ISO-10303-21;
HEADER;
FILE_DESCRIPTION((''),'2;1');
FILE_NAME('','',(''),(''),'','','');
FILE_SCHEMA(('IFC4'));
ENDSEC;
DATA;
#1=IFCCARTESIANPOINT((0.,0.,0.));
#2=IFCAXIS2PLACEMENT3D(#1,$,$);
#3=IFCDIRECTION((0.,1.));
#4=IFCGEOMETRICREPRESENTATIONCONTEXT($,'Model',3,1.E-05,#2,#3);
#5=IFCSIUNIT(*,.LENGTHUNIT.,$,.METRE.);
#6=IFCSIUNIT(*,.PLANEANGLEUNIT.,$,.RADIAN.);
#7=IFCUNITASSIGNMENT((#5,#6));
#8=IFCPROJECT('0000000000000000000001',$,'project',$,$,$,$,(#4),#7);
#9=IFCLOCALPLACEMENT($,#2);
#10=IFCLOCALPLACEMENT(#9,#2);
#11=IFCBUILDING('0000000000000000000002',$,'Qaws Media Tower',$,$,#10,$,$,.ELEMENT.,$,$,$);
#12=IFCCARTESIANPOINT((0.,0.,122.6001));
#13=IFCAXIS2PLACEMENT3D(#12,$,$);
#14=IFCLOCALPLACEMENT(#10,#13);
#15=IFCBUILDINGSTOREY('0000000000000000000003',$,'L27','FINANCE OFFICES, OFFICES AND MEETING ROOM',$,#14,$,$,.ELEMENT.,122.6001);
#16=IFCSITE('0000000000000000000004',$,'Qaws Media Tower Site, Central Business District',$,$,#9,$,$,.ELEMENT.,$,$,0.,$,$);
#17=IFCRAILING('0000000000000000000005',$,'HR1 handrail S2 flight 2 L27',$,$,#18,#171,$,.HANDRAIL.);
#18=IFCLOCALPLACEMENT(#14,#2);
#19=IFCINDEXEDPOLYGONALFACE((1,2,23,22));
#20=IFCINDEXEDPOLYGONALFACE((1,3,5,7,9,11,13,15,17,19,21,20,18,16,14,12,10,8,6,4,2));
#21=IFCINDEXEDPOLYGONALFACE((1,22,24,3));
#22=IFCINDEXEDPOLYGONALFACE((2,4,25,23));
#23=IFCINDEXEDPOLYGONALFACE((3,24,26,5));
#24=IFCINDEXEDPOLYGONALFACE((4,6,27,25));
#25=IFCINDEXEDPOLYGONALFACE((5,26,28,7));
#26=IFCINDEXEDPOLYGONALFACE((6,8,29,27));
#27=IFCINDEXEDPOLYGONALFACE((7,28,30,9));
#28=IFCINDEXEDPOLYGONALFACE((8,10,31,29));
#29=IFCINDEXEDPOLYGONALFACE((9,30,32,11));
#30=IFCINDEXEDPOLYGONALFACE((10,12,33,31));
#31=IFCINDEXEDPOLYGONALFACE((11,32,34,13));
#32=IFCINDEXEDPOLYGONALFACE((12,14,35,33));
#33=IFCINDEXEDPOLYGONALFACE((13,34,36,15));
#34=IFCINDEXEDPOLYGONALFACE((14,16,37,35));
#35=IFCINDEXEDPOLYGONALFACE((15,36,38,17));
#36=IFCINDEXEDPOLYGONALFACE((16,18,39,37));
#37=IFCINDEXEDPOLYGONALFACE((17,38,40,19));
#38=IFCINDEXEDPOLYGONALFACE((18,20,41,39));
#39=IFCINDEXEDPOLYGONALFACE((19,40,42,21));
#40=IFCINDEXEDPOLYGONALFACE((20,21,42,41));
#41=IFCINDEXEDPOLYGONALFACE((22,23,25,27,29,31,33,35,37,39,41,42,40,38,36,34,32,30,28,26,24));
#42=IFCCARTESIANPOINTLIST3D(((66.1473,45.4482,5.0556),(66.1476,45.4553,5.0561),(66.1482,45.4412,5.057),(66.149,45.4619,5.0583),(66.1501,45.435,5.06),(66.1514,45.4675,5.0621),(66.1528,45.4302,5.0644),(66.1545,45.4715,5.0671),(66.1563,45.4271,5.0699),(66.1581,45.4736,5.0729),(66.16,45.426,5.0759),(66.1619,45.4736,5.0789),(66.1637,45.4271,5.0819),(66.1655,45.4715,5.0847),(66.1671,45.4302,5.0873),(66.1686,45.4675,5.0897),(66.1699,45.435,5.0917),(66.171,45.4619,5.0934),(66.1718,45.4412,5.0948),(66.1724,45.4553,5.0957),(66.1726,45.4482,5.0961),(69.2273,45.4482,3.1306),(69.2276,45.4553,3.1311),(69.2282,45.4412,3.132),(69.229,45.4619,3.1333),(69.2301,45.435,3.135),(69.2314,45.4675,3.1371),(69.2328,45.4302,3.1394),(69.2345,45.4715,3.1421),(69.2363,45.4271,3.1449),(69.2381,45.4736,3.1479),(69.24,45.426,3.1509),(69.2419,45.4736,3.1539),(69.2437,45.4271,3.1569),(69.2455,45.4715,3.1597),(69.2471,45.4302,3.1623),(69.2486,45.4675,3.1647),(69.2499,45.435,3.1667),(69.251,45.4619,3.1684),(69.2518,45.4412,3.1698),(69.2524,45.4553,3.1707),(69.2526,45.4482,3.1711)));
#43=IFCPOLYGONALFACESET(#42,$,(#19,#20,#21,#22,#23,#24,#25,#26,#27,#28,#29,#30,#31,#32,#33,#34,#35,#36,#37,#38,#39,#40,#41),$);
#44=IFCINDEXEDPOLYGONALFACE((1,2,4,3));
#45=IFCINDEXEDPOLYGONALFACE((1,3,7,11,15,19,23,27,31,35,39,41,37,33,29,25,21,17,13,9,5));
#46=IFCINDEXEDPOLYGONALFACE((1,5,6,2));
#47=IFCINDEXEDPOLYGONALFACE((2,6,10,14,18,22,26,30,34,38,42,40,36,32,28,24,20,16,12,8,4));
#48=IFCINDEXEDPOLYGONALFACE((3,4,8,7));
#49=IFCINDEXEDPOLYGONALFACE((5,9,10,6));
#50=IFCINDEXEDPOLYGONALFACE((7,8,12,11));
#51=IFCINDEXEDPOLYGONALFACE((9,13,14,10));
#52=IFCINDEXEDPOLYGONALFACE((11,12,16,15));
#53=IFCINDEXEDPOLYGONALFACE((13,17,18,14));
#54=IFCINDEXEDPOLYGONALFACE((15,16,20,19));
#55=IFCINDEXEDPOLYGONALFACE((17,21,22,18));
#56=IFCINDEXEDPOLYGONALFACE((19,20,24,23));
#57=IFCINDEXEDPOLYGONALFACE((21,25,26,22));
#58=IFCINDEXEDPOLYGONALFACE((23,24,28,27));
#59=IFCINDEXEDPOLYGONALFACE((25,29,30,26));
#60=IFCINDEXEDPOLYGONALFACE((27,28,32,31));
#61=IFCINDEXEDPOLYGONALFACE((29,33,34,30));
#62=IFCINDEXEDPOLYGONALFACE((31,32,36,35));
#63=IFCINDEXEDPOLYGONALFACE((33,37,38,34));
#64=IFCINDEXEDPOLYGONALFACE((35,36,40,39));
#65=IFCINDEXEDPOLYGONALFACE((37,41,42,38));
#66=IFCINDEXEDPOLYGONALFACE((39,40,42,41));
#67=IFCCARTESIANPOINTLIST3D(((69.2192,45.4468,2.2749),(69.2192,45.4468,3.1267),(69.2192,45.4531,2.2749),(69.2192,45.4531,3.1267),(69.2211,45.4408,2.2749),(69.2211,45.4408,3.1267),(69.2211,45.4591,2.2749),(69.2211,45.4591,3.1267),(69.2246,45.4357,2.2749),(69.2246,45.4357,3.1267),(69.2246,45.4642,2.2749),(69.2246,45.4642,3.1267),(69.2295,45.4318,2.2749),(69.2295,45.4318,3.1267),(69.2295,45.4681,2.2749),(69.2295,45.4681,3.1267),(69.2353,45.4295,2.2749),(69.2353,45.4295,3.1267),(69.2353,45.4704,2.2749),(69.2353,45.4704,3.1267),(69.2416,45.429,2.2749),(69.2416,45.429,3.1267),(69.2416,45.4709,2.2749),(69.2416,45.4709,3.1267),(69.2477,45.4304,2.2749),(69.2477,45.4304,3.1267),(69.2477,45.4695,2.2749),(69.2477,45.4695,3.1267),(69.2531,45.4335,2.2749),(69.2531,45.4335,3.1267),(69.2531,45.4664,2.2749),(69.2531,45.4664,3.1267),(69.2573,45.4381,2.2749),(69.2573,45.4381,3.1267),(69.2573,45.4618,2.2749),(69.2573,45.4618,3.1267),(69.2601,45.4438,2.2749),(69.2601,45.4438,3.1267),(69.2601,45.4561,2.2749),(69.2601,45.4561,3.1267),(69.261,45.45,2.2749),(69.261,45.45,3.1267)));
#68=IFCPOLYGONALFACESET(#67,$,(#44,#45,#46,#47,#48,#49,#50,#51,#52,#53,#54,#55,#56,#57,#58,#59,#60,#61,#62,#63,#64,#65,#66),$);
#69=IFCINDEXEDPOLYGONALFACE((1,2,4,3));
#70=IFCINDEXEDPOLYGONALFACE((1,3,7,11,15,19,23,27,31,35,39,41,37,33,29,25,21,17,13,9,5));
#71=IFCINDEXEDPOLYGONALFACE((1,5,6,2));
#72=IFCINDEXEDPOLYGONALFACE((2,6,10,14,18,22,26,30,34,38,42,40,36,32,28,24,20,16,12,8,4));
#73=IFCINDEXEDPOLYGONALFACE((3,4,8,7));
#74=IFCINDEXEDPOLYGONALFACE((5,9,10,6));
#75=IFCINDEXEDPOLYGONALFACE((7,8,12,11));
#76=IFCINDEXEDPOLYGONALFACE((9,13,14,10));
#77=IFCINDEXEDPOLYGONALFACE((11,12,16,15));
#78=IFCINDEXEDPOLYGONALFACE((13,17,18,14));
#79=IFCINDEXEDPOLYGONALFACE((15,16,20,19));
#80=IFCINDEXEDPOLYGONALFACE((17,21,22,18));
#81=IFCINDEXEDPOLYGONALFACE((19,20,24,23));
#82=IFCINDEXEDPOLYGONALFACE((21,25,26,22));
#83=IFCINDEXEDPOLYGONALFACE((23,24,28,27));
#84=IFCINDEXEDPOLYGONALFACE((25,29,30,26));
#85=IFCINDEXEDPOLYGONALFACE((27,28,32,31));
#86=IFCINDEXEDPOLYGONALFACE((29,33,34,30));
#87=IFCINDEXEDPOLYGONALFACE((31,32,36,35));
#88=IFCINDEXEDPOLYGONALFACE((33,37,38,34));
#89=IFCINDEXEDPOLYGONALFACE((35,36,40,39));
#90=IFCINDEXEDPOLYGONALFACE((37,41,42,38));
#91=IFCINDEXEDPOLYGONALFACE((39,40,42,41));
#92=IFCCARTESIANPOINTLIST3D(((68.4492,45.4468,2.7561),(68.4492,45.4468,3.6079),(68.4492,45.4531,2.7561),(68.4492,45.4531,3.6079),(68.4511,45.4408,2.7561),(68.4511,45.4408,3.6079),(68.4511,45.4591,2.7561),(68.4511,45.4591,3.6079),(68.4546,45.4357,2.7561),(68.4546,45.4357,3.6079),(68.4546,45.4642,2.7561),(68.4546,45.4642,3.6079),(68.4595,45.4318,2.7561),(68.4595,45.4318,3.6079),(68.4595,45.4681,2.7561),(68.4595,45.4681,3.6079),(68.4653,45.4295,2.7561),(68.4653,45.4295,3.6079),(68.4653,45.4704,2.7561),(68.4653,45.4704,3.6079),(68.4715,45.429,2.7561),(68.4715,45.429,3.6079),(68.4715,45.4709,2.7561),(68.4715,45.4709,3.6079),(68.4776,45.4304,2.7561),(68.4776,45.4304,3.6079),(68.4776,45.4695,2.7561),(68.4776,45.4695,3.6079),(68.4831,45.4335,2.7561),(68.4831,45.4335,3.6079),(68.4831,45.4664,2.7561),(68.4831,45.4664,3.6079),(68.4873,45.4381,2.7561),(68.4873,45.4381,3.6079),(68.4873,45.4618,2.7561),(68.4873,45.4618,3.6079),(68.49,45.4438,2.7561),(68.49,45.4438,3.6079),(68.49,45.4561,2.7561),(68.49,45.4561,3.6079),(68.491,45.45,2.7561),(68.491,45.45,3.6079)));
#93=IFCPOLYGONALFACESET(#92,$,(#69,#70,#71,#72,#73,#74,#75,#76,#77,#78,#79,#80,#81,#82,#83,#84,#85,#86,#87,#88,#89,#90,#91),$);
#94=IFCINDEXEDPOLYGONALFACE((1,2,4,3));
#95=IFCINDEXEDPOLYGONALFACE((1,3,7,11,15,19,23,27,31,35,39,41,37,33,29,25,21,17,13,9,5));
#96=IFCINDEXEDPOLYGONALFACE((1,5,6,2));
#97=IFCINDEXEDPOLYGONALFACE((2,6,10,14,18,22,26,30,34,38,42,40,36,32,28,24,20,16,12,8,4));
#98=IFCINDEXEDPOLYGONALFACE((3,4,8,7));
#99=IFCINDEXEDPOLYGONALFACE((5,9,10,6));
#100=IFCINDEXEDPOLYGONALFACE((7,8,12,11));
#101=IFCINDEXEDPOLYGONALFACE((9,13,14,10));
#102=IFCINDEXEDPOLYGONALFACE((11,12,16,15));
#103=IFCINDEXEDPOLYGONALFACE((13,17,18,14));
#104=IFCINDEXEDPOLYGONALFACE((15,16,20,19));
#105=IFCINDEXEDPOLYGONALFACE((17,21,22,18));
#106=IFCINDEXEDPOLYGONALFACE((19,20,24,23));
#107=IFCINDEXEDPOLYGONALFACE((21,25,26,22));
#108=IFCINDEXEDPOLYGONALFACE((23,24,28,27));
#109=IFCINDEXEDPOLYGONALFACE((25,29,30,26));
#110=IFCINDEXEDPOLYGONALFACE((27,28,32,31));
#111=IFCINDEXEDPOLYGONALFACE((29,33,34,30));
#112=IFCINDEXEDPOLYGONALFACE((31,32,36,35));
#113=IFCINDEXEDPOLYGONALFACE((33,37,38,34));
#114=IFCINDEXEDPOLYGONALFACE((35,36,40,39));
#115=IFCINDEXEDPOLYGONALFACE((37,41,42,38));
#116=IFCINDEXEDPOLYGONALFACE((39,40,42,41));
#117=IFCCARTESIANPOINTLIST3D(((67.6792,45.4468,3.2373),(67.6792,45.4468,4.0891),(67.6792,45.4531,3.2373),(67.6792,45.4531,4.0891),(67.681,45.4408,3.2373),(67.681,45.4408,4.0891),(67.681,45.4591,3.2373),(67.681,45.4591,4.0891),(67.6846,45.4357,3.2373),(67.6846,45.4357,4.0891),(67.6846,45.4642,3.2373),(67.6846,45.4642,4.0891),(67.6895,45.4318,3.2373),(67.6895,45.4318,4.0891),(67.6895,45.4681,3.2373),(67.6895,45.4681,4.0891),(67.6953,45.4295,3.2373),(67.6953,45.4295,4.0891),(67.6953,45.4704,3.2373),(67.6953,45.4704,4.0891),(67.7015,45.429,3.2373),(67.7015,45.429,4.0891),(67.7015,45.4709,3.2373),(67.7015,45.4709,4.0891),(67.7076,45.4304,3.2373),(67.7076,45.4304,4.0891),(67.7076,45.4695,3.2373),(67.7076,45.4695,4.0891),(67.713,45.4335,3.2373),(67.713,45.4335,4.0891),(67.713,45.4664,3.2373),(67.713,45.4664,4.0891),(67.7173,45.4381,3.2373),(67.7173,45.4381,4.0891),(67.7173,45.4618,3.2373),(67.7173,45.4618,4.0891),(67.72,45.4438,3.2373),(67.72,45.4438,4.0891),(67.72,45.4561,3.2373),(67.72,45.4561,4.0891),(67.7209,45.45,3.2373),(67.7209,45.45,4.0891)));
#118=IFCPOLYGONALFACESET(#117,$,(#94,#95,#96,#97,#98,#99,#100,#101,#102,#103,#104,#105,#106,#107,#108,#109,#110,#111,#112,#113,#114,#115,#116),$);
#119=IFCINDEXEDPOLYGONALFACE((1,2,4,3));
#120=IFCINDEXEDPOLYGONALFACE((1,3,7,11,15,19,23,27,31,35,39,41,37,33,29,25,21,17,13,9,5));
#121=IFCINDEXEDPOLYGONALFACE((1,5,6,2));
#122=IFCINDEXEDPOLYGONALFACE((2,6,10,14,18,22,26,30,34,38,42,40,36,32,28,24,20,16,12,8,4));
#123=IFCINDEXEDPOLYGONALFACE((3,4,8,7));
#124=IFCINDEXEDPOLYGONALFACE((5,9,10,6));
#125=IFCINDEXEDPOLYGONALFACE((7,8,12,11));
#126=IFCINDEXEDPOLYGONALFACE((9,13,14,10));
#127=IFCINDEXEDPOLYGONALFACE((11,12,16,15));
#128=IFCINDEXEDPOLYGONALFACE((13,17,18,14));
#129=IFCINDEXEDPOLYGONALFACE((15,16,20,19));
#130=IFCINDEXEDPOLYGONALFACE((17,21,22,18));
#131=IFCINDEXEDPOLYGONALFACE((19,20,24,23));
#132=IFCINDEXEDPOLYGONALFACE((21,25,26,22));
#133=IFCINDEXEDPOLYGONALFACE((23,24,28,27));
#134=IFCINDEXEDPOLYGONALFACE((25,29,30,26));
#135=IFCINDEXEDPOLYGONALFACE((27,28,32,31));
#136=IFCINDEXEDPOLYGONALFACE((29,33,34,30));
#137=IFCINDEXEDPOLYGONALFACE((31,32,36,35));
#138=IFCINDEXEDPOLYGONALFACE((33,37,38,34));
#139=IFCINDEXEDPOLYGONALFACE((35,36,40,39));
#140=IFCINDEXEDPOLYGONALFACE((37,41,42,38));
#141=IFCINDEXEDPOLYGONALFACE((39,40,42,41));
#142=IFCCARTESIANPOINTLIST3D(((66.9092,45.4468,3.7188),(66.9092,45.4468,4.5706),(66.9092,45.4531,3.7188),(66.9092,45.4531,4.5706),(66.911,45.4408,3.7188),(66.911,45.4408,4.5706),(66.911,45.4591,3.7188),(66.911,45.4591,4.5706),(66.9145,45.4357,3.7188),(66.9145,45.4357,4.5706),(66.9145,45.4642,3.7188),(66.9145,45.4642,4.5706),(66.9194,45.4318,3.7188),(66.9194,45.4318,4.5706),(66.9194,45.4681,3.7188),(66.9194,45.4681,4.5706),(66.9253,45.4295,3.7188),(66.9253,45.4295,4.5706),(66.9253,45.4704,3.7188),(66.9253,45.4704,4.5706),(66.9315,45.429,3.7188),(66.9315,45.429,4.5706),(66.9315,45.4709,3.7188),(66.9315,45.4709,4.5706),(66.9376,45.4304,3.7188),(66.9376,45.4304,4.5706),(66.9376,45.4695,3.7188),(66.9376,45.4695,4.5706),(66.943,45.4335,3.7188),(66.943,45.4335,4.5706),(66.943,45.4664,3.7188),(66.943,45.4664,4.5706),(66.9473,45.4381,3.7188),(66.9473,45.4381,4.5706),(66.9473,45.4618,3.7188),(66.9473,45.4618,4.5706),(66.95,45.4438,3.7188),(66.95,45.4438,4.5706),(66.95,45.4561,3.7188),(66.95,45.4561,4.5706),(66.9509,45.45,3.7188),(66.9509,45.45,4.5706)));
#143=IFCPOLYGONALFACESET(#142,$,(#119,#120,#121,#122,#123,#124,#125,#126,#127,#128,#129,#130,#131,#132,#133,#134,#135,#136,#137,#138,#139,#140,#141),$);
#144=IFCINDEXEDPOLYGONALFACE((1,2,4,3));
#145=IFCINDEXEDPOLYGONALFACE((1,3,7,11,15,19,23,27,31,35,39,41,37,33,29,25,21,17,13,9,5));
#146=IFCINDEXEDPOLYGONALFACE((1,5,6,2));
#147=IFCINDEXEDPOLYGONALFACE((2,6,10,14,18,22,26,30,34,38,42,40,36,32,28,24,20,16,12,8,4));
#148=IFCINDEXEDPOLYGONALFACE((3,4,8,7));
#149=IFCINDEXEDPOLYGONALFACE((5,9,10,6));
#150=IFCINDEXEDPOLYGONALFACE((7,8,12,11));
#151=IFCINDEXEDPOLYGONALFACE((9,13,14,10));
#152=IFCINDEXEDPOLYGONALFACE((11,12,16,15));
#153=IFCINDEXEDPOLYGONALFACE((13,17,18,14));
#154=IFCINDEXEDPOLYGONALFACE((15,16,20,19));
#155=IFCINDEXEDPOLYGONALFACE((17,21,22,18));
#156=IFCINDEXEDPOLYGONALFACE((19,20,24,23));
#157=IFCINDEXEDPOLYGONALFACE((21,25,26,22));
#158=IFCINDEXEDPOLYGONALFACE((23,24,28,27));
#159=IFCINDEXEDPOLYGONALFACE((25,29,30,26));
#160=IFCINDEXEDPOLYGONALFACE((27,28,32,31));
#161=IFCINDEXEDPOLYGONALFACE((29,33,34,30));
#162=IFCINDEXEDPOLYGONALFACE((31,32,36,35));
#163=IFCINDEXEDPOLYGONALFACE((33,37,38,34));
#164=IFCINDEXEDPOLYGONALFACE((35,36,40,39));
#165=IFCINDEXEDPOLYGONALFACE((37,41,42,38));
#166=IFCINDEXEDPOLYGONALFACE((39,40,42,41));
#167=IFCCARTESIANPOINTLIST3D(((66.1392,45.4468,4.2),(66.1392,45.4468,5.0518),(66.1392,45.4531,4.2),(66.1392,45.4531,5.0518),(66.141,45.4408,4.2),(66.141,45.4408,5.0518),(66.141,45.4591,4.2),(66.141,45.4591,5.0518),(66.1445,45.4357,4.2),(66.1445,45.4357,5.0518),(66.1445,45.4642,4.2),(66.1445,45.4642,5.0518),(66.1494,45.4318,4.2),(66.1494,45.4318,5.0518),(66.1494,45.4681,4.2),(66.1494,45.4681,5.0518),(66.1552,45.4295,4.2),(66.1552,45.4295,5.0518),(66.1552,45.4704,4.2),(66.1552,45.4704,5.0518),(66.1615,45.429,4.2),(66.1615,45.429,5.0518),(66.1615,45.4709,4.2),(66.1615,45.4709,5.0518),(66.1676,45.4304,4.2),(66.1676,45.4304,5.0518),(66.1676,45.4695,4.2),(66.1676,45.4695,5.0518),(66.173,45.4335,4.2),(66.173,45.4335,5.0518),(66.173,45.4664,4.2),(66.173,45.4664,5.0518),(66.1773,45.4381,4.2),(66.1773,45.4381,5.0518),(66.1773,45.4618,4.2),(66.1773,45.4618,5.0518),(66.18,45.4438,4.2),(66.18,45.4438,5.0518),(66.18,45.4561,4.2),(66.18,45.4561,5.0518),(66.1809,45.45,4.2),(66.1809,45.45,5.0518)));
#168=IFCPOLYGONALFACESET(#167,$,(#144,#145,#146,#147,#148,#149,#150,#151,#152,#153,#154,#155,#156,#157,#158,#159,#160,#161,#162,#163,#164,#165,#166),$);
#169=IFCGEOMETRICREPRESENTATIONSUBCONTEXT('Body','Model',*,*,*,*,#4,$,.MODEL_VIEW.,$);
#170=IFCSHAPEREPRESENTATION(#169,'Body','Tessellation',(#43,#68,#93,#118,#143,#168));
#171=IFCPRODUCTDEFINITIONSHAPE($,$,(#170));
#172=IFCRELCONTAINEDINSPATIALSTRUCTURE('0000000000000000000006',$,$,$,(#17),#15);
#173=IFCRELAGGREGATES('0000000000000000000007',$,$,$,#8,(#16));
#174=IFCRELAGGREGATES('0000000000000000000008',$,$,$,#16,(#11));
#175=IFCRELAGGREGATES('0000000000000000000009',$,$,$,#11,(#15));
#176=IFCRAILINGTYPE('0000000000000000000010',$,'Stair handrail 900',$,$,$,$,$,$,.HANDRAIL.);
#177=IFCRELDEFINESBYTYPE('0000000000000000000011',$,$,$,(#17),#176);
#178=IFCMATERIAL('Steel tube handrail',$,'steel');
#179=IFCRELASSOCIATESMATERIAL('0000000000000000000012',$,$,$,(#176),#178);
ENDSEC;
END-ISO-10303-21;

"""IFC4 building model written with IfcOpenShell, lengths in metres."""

from ifc_helpers import new_model, si_unit, direction, frame, origin, origin_2d, place, context, subcontext, project, spatial, circle, extrude, material, type_object, element, save


model = new_model("IFC4")

# Units and contexts
model_context = context("Model", 3, precision=1e-05, world=origin(), true_north=direction((0.0, 1.0)))
body_context = subcontext(model_context, "Body", "Model", "MODEL_VIEW")
ifc_project = project(units=[si_unit("LENGTHUNIT", "METRE"), si_unit("PLANEANGLEUNIT", "RADIAN")], contexts=[model_context])

# Site, building, storey
site_placement = place(None, origin())
site = spatial("IfcSite", under=ifc_project, at=site_placement, Name="Qaws Media Tower Site, Central Business District", CompositionType="ELEMENT", RefElevation=0.0)
building_placement = place(site_placement, origin())
building = spatial("IfcBuilding", under=site, at=building_placement, Name="Qaws Media Tower", CompositionType="ELEMENT")
storey_placement = place(building_placement, frame((0.0, 0.0, 122.6001)))
storey = spatial("IfcBuildingStorey", under=building, at=storey_placement, Name="L27", Description="FINANCE OFFICES, OFFICES AND MEETING ROOM", CompositionType="ELEMENT", Elevation=122.6001)

# Railing
ifc_material_1 = material(Name="Steel tube handrail", Category="steel")
railing_type = type_object("IfcRailingType", Name="Stair handrail 900", PredefinedType="HANDRAIL", material=ifc_material_1)
for number, where, name in (
    (1, (69.24, 45.45, 2.2749), "HR1 handrail S2 flight 2 L27"),
):
    element("IfcRailing", number, at=place(storey_placement, frame(where)), inside=storey, type_object=railing_type, Name=name, PredefinedType="HANDRAIL", context=body_context, shape_type="SweptSolid", body=[
        extrude(circle(Radius=0.0239, at=origin_2d()), frame((0.0, 0.0, 0.876), z_axis=(-0.847998, 0.0, 0.529999), x_axis=(0.0, -1.0, 0.0)), (0.0, 0.0, 1.0), 3.6321),
        extrude(circle(Radius=0.021, at=origin_2d()), origin(), (0.0, 0.0, 1.0), 0.8518),
        extrude(circle(Radius=0.021, at=origin_2d()), frame((-0.77, 0.0, 0.4812)), (0.0, 0.0, 1.0), 0.8518),
        extrude(circle(Radius=0.021, at=origin_2d()), frame((-1.54, 0.0, 0.9624)), (0.0, 0.0, 1.0), 0.8518),
        extrude(circle(Radius=0.021, at=origin_2d()), frame((-2.3101, 0.0, 1.4438)), (0.0, 0.0, 1.0), 0.8518),
        extrude(circle(Radius=0.021, at=origin_2d()), frame((-3.0801, 0.0, 1.925)), (0.0, 0.0, 1.0), 0.8518),
    ])

save(model, "model.ifc")
